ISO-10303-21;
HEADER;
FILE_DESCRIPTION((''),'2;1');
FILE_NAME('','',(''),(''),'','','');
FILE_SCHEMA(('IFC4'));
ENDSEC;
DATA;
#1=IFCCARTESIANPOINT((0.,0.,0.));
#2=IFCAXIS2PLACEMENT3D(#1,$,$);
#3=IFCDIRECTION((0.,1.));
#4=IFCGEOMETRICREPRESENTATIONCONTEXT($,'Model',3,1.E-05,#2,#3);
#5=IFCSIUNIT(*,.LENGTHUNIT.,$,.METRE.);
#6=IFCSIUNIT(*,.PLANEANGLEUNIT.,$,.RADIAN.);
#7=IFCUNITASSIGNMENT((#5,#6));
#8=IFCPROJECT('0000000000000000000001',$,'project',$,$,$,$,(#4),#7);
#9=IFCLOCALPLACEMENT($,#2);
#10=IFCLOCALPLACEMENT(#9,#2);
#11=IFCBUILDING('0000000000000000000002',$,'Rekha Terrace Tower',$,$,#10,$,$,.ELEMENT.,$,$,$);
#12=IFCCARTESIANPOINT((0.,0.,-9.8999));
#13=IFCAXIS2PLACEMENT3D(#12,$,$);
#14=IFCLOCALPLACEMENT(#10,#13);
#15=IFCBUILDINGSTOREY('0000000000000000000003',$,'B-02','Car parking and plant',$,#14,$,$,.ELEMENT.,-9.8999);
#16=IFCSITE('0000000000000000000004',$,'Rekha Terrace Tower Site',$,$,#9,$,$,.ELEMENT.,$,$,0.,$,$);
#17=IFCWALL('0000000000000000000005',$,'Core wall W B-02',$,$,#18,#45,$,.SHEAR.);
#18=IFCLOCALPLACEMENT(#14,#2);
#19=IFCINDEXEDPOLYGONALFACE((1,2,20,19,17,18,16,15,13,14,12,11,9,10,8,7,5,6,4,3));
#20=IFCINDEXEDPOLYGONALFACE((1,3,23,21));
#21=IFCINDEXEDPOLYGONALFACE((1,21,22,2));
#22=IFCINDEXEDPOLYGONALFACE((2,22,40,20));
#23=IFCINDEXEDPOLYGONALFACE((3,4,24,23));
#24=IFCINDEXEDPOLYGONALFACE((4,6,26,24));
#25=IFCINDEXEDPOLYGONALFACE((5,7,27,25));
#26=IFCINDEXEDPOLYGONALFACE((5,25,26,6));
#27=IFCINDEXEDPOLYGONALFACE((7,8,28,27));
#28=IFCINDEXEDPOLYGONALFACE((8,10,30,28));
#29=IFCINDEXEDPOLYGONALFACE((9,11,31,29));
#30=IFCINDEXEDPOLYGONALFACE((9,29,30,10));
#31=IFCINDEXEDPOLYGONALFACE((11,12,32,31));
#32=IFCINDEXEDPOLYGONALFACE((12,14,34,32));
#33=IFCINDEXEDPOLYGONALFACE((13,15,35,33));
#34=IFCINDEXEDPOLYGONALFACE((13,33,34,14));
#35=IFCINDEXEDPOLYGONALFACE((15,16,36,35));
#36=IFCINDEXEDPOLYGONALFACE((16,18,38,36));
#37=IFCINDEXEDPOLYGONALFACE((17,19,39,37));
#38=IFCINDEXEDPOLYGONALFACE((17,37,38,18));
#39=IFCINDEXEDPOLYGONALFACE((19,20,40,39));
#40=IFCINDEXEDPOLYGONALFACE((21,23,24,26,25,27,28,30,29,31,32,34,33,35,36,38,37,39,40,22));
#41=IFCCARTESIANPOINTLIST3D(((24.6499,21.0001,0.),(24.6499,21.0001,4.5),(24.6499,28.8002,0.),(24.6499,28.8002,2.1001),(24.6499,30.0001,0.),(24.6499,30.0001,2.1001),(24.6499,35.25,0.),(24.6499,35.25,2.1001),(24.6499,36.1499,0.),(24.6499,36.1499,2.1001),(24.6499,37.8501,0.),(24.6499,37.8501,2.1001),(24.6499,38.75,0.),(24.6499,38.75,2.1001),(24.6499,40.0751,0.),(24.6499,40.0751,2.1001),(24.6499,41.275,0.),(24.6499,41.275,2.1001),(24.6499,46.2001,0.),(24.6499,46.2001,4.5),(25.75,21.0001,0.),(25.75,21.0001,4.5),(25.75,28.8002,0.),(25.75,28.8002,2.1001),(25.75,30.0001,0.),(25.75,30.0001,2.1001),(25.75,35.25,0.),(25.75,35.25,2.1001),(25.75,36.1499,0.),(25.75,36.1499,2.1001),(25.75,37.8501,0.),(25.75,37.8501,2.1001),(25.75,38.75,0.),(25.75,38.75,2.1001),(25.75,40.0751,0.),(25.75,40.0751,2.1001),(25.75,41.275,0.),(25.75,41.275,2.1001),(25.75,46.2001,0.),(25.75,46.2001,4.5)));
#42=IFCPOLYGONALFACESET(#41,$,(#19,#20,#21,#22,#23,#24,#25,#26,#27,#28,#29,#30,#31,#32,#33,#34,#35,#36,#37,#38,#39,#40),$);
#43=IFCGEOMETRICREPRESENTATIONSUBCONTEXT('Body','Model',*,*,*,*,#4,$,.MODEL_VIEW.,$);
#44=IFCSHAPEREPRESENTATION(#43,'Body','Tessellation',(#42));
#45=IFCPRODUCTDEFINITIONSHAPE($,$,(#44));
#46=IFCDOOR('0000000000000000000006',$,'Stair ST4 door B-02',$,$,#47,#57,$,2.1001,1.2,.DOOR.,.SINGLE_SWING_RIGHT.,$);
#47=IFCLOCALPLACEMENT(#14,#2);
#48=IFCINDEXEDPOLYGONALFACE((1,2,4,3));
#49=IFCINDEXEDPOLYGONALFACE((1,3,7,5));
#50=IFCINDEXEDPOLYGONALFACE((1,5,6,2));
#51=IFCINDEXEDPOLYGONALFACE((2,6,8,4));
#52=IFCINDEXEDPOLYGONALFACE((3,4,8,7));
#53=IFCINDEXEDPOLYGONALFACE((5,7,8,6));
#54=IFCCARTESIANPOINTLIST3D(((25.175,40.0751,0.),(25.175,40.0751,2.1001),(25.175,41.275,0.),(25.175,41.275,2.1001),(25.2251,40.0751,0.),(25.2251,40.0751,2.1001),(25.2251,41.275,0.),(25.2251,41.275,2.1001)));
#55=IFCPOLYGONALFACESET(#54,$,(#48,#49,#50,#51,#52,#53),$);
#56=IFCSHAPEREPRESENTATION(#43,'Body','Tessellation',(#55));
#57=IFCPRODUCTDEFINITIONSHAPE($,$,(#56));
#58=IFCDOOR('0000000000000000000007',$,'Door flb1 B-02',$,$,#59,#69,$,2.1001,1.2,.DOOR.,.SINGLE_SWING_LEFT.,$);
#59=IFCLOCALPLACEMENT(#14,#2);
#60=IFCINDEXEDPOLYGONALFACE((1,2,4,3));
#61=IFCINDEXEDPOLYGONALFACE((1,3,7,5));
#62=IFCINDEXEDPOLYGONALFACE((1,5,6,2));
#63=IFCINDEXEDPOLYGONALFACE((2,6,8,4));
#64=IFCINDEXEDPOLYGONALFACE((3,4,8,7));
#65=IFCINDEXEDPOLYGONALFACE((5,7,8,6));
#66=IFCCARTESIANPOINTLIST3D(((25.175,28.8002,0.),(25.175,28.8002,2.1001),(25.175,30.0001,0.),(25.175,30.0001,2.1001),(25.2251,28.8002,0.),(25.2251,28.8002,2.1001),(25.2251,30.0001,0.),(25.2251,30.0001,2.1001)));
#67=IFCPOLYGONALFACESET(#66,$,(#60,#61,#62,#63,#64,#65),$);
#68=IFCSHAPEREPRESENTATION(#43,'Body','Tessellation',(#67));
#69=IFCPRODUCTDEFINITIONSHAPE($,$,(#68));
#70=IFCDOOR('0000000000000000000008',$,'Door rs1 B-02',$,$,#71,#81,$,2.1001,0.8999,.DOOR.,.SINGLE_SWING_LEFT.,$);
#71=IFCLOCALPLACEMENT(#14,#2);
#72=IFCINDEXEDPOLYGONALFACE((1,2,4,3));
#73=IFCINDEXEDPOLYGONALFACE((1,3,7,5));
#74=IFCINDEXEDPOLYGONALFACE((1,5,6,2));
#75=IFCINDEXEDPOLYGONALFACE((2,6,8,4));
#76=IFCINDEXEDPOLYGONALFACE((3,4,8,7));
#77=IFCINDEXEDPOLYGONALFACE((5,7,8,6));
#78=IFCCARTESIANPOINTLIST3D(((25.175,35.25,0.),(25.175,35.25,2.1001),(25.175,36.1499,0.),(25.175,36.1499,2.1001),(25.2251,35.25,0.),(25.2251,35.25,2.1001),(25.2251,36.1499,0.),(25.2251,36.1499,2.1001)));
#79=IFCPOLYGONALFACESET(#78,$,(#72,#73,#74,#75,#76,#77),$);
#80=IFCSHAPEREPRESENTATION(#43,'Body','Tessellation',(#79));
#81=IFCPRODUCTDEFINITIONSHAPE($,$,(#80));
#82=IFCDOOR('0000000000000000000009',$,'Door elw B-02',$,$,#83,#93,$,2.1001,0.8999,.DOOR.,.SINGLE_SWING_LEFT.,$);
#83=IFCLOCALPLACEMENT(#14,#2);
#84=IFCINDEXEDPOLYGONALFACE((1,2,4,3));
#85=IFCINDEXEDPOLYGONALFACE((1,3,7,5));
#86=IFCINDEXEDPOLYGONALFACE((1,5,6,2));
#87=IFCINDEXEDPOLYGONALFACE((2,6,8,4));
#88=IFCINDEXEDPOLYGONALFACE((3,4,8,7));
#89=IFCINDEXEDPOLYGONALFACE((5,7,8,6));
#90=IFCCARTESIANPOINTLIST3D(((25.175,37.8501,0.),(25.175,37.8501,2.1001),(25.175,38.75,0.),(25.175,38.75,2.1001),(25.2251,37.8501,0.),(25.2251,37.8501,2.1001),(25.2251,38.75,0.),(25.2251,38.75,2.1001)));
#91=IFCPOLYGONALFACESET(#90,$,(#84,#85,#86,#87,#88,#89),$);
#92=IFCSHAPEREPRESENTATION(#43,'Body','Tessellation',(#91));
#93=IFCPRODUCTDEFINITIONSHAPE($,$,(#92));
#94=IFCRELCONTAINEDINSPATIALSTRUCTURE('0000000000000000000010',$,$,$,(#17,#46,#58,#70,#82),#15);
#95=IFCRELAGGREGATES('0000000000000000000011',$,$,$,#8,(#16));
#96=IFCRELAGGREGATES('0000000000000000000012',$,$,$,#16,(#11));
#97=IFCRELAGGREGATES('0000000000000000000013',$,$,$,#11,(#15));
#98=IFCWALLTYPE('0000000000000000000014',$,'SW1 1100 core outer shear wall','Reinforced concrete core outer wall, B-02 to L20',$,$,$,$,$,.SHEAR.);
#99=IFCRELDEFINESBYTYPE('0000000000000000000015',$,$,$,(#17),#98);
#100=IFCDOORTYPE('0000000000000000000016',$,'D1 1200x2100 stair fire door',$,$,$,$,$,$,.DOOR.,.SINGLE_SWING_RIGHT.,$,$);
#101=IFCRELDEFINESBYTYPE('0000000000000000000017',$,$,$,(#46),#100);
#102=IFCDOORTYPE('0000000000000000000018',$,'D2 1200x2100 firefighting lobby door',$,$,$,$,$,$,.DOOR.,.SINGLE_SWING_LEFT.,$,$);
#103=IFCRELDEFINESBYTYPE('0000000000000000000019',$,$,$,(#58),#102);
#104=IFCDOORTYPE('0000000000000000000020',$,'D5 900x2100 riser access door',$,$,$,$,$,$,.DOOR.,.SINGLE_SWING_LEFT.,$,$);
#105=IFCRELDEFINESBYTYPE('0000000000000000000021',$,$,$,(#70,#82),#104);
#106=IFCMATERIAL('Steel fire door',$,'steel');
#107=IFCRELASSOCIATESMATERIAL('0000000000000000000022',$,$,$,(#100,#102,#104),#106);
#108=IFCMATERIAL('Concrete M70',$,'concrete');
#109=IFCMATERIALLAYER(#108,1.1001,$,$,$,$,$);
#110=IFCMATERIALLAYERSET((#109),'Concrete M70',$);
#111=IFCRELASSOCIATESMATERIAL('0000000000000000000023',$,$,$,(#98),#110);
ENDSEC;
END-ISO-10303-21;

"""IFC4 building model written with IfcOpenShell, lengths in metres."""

from ifc_helpers import new_model, si_unit, direction, frame, frame_2d, origin, place, context, subcontext, project, spatial, rectangle, extrude, material, layer, layer_set, type_object, element, fill, save


model = new_model("IFC4")

# Units and contexts
model_context = context("Model", 3, precision=1e-05, world=origin(), true_north=direction((0.0, 1.0)))
body_context = subcontext(model_context, "Body", "Model", "MODEL_VIEW")
ifc_project = project(units=[si_unit("LENGTHUNIT", "METRE"), si_unit("PLANEANGLEUNIT", "RADIAN")], contexts=[model_context])

# Site, building, storey
site_placement = place(None, origin())
site = spatial("IfcSite", under=ifc_project, at=site_placement, Name="Rekha Terrace Tower Site", CompositionType="ELEMENT", RefElevation=0.0)
building_placement = place(site_placement, origin())
building = spatial("IfcBuilding", under=site, at=building_placement, Name="Rekha Terrace Tower", CompositionType="ELEMENT")
storey_placement = place(building_placement, frame((0.0, 0.0, -9.8999)))
storey = spatial("IfcBuildingStorey", under=building, at=storey_placement, Name="B-02", Description="Car parking and plant", CompositionType="ELEMENT", Elevation=-9.8999)

# Shared definitions
ifc_material_1 = material(Name="Concrete M70", Category="concrete")

# Shared definitions
ifc_material_2 = material(Name="Steel fire door", Category="steel")
door_type_1 = type_object("IfcDoorType", Name="D1 1200x2100 stair fire door", OperationType="SINGLE_SWING_RIGHT", PredefinedType="DOOR", material=ifc_material_2)

# Wall, openings, doors
ifc_layer_1 = layer(ifc_material_1, 1.1001)
ifc_layer_set_1 = layer_set([ifc_layer_1], Name="Concrete M70")
wall_type_1 = type_object("IfcWallType", Name="SW1 1100 core outer shear wall", Description="Reinforced concrete core outer wall, B-02 to L20", PredefinedType="SHEAR", material=ifc_layer_set_1)
wall_1_placement = place(storey_placement, frame((25.2, 21.0, 0.0), z_axis=(0.0, 0.0, 1.0), x_axis=(0.0, 1.0, 0.0)))
wall_1 = element("IfcWall", 1, at=wall_1_placement, inside=storey, type_object=wall_type_1, Name="Core wall W B-02", PredefinedType="SHEAR", context=body_context, shape_type="SweptSolid", body=[
    extrude(rectangle(XDim=25.2, YDim=1.1001, at=frame_2d((12.6001, 0.0))), origin(), (0.0, 0.0, 1.0), 4.5),
])
opening_1_placement = place(wall_1_placement, frame((7.8, 0.0, 0.0)))
opening_1 = element("IfcOpeningElement", 2, at=opening_1_placement, cuts=wall_1, PredefinedType="OPENING", context=body_context, shape_type="SweptSolid", body=[
    extrude(rectangle(XDim=1.2, YDim=2.1001, at=frame_2d((0.6001, 1.05))), frame((0.0, 0.5601, 0.0), z_axis=(0.0, -1.0, 0.0), x_axis=(1.0, 0.0, 0.0)), (0.0, 0.0, 1.0), 1.1201),
])
opening_2_placement = place(wall_1_placement, frame((14.25, 0.0, 0.0)))
opening_2 = element("IfcOpeningElement", 3, at=opening_2_placement, cuts=wall_1, PredefinedType="OPENING", context=body_context, shape_type="SweptSolid", body=[
    extrude(rectangle(XDim=0.8999, YDim=2.1001, at=frame_2d((0.45, 1.05))), frame((0.0, 0.5601, 0.0), z_axis=(0.0, -1.0, 0.0), x_axis=(1.0, 0.0, 0.0)), (0.0, 0.0, 1.0), 1.1201),
])
opening_3_placement = place(wall_1_placement, frame((16.8501, 0.0, 0.0)))
opening_3 = element("IfcOpeningElement", 4, at=opening_3_placement, cuts=wall_1, PredefinedType="OPENING", context=body_context, shape_type="SweptSolid", body=[
    extrude(rectangle(XDim=0.8999, YDim=2.1001, at=frame_2d((0.45, 1.05))), frame((0.0, 0.5601, 0.0), z_axis=(0.0, -1.0, 0.0), x_axis=(1.0, 0.0, 0.0)), (0.0, 0.0, 1.0), 1.1201),
])
opening_4_placement = place(wall_1_placement, frame((19.075, 0.0, 0.0)))
opening_4 = element("IfcOpeningElement", 5, at=opening_4_placement, cuts=wall_1, PredefinedType="OPENING", context=body_context, shape_type="SweptSolid", body=[
    extrude(rectangle(XDim=1.2, YDim=2.1001, at=frame_2d((0.6001, 1.05))), frame((0.0, 0.5601, 0.0), z_axis=(0.0, -1.0, 0.0), x_axis=(1.0, 0.0, 0.0)), (0.0, 0.0, 1.0), 1.1201),
])
door_1_placement = place(opening_4_placement, origin())
door_1 = element("IfcDoor", 6, at=door_1_placement, inside=storey, type_object=door_type_1, Name="Stair ST4 door B-02", OperationType="SINGLE_SWING_RIGHT", OverallHeight=2.1001, OverallWidth=1.2, PredefinedType="DOOR", context=body_context, shape_type="SweptSolid", body=[
    extrude(rectangle(XDim=1.2, YDim=2.1001, at=frame_2d((0.6001, 1.05))), frame((0.0, 0.0249, 0.0), z_axis=(0.0, -1.0, 0.0), x_axis=(1.0, 0.0, 0.0)), (0.0, 0.0, 1.0), 0.05),
])
fill(opening_4, door_1)
door_type_2 = type_object("IfcDoorType", Name="D2 1200x2100 firefighting lobby door", OperationType="SINGLE_SWING_LEFT", PredefinedType="DOOR", material=ifc_material_2)
door_2_placement = place(opening_1_placement, origin())
door_2 = element("IfcDoor", 7, at=door_2_placement, inside=storey, type_object=door_type_2, Name="Door flb1 B-02", OperationType="SINGLE_SWING_LEFT", OverallHeight=2.1001, OverallWidth=1.2, PredefinedType="DOOR", context=body_context, shape_type="SweptSolid", body=[
    extrude(rectangle(XDim=1.2, YDim=2.1001, at=frame_2d((0.6001, 1.05))), frame((0.0, 0.0249, 0.0), z_axis=(0.0, -1.0, 0.0), x_axis=(1.0, 0.0, 0.0)), (0.0, 0.0, 1.0), 0.05),
])
fill(opening_1, door_2)
door_type_3 = type_object("IfcDoorType", Name="D5 900x2100 riser access door", OperationType="SINGLE_SWING_LEFT", PredefinedType="DOOR", material=ifc_material_2)
door_3_placement = place(opening_2_placement, origin())
door_3 = element("IfcDoor", 8, at=door_3_placement, inside=storey, type_object=door_type_3, Name="Door rs1 B-02", OperationType="SINGLE_SWING_LEFT", OverallHeight=2.1001, OverallWidth=0.8999, PredefinedType="DOOR", context=body_context, shape_type="SweptSolid", body=[
    extrude(rectangle(XDim=0.8999, YDim=2.1001, at=frame_2d((0.45, 1.05))), frame((0.0, 0.0249, 0.0), z_axis=(0.0, -1.0, 0.0), x_axis=(1.0, 0.0, 0.0)), (0.0, 0.0, 1.0), 0.05),
])
fill(opening_2, door_3)
door_4_placement = place(opening_3_placement, origin())
door_4 = element("IfcDoor", 9, at=door_4_placement, inside=storey, type_object=door_type_3, Name="Door elw B-02", OperationType="SINGLE_SWING_LEFT", OverallHeight=2.1001, OverallWidth=0.8999, PredefinedType="DOOR", context=body_context, shape_type="SweptSolid", body=[
    extrude(rectangle(XDim=0.8999, YDim=2.1001, at=frame_2d((0.45, 1.05))), frame((0.0, 0.0249, 0.0), z_axis=(0.0, -1.0, 0.0), x_axis=(1.0, 0.0, 0.0)), (0.0, 0.0, 1.0), 0.05),
])
fill(opening_3, door_4)

save(model, "model.ifc")
